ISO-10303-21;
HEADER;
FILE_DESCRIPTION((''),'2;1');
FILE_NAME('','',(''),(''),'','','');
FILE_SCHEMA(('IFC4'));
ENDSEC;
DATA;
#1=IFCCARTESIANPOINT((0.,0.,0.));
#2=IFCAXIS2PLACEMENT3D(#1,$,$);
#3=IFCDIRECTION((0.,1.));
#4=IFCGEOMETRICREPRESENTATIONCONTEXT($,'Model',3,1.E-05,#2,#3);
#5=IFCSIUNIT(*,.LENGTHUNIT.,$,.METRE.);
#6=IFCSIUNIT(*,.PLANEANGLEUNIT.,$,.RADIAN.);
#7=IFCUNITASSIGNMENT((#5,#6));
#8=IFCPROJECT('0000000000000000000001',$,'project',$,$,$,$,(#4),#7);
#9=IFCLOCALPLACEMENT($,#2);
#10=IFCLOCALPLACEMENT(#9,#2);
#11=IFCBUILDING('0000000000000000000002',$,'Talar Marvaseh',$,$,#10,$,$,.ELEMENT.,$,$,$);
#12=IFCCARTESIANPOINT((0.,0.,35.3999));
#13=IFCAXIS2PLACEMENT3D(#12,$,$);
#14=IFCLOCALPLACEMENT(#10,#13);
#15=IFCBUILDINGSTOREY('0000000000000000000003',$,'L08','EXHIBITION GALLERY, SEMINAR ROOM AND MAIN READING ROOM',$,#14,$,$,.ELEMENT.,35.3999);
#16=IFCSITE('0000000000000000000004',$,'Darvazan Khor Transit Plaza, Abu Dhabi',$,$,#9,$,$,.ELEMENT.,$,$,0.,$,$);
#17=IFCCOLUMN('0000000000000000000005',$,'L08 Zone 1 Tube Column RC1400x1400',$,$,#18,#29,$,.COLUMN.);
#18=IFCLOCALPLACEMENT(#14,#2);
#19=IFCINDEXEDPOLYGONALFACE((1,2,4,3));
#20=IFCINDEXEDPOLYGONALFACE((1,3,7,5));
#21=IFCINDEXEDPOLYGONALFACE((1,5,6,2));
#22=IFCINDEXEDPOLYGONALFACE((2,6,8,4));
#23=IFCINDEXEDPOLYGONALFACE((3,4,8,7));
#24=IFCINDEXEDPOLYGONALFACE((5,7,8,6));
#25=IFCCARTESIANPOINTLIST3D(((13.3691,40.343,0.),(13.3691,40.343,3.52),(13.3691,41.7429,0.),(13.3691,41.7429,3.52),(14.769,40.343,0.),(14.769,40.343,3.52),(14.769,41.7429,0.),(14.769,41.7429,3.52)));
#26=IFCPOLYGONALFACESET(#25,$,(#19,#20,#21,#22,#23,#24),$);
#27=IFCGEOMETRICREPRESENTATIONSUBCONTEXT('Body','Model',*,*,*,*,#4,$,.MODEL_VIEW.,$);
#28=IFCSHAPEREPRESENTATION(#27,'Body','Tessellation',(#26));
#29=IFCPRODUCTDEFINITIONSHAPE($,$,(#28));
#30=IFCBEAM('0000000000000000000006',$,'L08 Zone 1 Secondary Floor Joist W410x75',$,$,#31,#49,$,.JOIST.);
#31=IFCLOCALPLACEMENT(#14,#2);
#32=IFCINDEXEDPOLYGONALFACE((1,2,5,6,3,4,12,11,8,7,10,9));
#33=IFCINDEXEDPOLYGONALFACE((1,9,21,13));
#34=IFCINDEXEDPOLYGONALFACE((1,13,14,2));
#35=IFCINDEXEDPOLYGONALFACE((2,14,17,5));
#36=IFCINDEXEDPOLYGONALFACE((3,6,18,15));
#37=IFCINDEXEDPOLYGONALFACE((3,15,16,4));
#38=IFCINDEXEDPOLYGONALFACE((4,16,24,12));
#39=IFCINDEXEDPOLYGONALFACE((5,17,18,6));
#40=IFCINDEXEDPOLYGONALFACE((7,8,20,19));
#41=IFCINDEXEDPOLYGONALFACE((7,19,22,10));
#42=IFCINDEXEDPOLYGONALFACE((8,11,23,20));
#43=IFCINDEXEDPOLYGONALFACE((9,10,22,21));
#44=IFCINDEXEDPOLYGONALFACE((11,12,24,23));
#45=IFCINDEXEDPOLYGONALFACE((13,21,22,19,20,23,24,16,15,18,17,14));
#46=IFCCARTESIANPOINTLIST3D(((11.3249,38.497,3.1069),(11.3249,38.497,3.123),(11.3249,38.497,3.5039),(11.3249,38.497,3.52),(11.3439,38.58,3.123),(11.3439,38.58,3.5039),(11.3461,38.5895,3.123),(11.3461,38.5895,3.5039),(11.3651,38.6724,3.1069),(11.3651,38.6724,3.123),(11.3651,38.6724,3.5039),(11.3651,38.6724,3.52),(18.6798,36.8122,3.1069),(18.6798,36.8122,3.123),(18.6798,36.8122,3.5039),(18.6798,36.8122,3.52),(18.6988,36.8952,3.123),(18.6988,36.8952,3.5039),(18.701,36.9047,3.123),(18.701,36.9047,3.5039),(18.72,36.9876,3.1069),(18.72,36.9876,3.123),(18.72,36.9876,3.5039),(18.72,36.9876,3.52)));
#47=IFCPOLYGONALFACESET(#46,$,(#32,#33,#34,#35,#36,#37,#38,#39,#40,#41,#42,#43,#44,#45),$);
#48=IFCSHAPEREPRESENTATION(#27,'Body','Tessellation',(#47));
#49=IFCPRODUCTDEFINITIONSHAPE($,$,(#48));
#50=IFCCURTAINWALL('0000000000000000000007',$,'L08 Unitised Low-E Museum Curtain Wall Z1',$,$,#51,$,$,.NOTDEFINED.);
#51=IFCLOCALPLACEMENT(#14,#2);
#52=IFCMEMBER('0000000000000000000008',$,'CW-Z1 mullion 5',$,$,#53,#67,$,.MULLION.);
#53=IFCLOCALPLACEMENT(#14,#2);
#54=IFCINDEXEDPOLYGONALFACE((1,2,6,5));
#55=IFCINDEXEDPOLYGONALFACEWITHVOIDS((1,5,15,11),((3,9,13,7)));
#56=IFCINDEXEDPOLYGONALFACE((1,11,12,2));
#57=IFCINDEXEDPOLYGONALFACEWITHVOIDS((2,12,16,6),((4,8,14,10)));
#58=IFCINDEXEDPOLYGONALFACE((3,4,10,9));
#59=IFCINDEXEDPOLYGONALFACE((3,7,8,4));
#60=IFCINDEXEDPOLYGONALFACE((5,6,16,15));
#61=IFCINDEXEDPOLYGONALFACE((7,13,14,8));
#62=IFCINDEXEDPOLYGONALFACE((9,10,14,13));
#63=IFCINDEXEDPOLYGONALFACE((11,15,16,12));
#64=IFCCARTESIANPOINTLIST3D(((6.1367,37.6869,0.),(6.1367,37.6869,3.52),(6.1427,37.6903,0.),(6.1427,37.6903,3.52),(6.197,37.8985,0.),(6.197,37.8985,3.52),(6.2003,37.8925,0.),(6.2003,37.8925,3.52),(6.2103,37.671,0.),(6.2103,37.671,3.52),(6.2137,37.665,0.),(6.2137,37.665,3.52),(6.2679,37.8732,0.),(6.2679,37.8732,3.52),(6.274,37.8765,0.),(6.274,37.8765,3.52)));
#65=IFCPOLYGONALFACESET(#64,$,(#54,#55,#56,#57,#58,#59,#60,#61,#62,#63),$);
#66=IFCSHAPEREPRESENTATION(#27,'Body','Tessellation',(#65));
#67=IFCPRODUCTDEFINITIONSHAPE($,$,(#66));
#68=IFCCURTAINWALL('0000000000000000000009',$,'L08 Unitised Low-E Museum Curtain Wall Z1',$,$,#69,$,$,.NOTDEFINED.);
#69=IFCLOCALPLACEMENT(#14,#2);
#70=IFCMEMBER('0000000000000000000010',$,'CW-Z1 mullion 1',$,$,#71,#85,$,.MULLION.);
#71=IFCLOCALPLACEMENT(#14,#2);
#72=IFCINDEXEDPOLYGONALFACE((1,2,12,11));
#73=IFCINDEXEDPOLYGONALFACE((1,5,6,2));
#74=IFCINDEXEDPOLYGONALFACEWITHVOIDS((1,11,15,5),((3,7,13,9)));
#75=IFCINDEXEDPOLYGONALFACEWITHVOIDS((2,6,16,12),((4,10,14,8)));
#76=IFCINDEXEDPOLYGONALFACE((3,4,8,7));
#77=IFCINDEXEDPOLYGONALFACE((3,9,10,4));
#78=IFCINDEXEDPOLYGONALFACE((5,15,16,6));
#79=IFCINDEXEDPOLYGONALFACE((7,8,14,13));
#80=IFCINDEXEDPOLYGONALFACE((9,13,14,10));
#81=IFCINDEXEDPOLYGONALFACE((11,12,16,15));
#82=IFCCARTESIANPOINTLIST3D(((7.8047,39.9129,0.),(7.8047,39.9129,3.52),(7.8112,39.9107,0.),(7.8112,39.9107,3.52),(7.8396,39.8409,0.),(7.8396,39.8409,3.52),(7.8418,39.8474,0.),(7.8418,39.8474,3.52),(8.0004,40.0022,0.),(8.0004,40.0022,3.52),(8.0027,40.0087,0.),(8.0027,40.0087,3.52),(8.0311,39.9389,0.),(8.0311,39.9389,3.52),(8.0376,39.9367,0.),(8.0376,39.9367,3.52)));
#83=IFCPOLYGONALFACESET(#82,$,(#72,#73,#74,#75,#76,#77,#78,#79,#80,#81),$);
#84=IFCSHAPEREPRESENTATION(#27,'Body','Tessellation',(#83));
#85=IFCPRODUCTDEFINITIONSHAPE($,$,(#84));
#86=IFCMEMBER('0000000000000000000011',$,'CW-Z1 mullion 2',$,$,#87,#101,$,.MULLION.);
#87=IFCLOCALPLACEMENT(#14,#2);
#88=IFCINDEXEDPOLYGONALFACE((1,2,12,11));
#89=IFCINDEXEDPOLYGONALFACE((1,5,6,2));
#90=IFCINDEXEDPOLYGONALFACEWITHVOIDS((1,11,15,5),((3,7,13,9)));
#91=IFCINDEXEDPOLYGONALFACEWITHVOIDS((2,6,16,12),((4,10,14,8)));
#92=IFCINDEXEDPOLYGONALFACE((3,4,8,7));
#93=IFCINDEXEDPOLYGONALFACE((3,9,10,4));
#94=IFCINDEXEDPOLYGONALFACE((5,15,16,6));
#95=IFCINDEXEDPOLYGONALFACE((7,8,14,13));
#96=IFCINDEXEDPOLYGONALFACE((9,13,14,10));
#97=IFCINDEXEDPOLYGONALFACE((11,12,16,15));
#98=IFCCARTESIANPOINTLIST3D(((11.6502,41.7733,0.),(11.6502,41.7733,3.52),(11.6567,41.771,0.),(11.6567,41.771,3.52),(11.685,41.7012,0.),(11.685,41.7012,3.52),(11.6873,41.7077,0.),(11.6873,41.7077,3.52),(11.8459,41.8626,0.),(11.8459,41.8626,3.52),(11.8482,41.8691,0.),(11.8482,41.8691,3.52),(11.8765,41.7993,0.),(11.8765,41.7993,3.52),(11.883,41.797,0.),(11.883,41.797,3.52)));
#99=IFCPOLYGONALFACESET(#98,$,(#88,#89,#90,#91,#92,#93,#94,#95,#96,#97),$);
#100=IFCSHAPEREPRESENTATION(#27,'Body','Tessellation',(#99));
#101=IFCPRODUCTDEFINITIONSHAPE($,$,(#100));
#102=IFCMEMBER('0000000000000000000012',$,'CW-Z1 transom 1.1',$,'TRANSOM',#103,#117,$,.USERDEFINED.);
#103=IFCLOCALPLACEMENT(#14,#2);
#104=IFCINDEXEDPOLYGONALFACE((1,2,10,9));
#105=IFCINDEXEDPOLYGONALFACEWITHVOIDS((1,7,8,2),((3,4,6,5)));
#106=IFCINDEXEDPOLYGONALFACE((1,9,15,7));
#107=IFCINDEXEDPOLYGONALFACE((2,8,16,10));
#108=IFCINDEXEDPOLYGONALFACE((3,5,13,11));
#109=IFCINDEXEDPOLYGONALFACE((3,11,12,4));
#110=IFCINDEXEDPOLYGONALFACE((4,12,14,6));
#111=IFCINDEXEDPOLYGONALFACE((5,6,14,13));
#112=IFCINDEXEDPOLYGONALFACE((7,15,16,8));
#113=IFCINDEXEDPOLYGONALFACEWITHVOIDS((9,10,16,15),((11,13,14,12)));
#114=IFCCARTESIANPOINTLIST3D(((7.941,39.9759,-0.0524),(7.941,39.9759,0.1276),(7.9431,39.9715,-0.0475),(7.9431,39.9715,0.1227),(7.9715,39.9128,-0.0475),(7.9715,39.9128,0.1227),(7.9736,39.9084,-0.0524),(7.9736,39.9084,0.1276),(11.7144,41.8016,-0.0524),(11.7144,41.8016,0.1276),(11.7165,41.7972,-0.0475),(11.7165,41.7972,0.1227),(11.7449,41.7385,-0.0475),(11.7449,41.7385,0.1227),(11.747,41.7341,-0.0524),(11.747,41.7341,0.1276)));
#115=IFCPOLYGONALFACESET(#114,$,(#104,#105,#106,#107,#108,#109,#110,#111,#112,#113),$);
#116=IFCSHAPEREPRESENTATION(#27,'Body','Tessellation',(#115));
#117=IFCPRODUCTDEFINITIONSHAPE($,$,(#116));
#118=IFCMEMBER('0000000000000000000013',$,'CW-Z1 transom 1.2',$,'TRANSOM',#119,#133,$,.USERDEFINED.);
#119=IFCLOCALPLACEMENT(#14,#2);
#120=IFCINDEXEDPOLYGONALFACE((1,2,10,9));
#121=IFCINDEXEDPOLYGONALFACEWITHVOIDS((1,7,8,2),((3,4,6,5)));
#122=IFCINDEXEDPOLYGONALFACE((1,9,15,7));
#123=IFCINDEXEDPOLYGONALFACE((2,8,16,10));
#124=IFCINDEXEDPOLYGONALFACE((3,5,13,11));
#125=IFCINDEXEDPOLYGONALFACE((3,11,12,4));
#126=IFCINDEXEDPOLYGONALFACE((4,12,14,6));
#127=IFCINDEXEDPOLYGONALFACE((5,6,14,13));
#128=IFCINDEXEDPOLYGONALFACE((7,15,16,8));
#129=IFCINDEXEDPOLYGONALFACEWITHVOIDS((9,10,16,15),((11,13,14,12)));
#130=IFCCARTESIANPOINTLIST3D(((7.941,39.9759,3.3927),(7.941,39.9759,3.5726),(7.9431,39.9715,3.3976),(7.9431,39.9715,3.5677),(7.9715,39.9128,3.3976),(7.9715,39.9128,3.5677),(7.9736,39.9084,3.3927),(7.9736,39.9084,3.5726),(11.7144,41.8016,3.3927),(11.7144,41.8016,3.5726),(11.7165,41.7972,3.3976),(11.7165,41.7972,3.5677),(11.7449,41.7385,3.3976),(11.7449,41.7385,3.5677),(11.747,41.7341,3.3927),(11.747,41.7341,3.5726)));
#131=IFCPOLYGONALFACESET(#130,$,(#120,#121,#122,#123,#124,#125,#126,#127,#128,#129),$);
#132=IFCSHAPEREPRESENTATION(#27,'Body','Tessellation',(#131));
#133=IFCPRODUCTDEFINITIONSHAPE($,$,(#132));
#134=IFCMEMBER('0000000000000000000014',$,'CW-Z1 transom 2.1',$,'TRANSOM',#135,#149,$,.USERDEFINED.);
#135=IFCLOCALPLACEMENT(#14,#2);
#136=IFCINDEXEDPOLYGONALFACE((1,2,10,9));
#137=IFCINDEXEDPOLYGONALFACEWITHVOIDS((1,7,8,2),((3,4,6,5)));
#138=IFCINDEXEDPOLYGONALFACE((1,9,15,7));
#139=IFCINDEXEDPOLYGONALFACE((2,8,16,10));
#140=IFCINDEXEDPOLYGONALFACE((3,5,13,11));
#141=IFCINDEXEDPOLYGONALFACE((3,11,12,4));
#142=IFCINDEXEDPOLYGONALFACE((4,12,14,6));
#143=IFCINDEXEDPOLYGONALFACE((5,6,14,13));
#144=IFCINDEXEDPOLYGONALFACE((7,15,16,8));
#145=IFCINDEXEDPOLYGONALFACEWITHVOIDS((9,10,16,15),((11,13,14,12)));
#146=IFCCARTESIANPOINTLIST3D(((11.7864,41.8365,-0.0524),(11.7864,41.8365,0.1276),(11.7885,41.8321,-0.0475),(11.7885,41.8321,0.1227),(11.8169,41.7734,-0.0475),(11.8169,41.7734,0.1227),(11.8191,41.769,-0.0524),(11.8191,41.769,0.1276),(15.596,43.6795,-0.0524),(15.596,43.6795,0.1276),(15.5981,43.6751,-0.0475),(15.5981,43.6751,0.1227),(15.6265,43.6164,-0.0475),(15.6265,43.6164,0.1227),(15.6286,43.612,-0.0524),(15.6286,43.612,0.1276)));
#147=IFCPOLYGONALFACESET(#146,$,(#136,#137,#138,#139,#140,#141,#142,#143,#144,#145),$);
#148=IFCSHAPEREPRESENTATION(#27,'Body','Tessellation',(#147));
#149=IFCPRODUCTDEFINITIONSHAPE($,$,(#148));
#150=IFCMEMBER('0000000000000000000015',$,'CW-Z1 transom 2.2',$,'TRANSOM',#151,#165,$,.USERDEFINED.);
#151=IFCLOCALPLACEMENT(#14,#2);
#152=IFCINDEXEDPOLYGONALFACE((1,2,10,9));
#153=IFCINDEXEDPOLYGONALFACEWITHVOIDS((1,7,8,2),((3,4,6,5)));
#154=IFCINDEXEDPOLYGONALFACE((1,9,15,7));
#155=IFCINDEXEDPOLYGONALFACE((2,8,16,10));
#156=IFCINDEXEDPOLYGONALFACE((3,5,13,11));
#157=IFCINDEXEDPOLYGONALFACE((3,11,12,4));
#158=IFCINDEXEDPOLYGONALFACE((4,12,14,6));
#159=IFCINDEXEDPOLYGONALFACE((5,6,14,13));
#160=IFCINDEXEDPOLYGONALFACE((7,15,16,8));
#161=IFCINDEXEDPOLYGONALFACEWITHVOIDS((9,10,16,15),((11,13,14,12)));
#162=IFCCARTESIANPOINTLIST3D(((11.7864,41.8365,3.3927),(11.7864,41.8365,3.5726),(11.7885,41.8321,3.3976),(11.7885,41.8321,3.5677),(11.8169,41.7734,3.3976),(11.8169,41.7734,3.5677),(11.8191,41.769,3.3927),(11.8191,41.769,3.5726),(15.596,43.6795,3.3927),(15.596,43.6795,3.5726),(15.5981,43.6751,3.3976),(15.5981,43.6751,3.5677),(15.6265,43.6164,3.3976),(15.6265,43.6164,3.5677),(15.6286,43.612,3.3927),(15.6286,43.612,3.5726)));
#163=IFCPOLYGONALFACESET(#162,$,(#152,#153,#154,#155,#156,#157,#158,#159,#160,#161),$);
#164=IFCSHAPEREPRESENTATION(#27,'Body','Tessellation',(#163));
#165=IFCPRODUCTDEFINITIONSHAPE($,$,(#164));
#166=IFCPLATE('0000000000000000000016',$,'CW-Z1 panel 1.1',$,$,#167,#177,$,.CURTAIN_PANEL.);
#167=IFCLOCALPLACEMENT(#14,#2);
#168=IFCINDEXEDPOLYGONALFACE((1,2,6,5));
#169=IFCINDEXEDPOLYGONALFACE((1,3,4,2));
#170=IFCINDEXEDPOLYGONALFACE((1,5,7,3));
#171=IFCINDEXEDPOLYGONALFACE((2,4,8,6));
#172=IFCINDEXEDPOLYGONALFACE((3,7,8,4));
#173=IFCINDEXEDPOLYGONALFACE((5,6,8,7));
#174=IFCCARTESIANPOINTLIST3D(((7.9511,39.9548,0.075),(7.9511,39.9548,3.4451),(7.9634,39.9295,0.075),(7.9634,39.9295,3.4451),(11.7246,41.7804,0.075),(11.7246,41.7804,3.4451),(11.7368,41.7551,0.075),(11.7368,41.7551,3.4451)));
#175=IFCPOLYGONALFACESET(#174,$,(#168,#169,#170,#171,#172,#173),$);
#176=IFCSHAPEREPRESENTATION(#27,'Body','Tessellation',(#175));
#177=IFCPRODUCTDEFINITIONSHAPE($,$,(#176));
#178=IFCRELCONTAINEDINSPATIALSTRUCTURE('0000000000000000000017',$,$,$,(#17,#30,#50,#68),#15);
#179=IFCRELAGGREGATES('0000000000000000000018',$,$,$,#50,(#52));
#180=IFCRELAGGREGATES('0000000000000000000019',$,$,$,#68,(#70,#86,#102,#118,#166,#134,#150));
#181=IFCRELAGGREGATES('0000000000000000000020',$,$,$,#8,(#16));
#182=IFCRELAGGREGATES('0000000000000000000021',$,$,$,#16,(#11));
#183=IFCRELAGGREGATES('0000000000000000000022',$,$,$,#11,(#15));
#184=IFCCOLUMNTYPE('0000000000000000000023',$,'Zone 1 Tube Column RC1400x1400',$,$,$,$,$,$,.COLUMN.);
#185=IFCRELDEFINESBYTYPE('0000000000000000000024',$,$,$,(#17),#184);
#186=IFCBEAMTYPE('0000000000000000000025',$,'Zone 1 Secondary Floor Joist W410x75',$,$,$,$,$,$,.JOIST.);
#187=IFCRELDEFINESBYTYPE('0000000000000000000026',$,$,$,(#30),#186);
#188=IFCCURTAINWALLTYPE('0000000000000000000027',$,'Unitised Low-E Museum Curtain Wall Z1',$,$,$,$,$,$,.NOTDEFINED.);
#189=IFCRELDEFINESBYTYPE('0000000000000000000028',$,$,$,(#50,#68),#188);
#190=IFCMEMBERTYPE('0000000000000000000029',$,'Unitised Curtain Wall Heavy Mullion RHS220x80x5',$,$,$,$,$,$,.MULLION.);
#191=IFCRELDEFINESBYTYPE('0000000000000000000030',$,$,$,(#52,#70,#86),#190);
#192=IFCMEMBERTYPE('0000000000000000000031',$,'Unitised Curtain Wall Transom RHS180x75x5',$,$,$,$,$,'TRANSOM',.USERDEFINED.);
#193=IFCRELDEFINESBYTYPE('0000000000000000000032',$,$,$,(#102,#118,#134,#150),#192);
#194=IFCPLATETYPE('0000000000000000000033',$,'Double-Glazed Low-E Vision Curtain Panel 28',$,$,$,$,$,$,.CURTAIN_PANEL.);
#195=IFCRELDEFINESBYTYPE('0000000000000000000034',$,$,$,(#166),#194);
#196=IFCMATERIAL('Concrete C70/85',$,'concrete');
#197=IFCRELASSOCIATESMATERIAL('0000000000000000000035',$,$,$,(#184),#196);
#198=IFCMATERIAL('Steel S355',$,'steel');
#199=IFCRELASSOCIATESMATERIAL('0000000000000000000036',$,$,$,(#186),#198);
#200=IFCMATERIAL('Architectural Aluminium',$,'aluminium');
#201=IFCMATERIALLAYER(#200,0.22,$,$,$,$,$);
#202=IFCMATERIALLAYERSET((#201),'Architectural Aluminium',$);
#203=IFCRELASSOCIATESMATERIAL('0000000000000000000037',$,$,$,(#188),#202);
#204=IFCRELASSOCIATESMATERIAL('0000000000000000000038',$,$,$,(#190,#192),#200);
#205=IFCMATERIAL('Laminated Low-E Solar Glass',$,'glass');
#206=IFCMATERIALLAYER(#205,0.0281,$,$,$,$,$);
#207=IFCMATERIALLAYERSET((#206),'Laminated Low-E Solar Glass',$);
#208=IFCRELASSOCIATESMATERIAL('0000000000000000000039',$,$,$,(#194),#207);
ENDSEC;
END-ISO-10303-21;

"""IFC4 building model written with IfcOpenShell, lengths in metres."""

from ifc_helpers import new_model, si_unit, direction, frame, origin, origin_2d, place, context, subcontext, project, spatial, rectangle, hollow_rectangle, i_section, extrude, source, transform, mapped, material, layer, layer_set, material_profile, profile_set, type_object, type_shapes, element, aggregate, save


model = new_model("IFC4")

# Units and contexts
model_context = context("Model", 3, precision=1e-05, world=origin(), true_north=direction((0.0, 1.0)))
body_context = subcontext(model_context, "Body", "Model", "MODEL_VIEW")
ifc_project = project(units=[si_unit("LENGTHUNIT", "METRE"), si_unit("PLANEANGLEUNIT", "RADIAN")], contexts=[model_context])

# Site, building, storey
site_placement = place(None, origin())
site = spatial("IfcSite", under=ifc_project, at=site_placement, Name="Darvazan Khor Transit Plaza, Abu Dhabi", CompositionType="ELEMENT", RefElevation=0.0)
building_placement = place(site_placement, origin())
building = spatial("IfcBuilding", under=site, at=building_placement, Name="Talar Marvaseh", CompositionType="ELEMENT")
storey_placement = place(building_placement, frame((0.0, 0.0, 35.3999)))
storey = spatial("IfcBuildingStorey", under=building, at=storey_placement, Name="L08", Description="EXHIBITION GALLERY, SEMINAR ROOM AND MAIN READING ROOM", CompositionType="ELEMENT", Elevation=35.3999)

# Column
ifc_material_1 = material(Name="Concrete C70/85", Category="concrete")
ifc_material_profile_1 = material_profile(ifc_material_1, rectangle(XDim=1.3999, YDim=1.3999, at=origin_2d()), Name="RC1400x1400")
ifc_profile_set_1 = profile_set([ifc_material_profile_1], Name="Concrete C70/85")
column_type = type_object("IfcColumnType", Name="Zone 1 Tube Column RC1400x1400", PredefinedType="COLUMN", material=ifc_profile_set_1)
column_placement = place(storey_placement, frame((14.0691, 41.043, 0.0), z_axis=(0.0, 0.0, 1.0), x_axis=(1.0, 0.0, 0.0)))
element("IfcColumn", 1, at=column_placement, inside=storey, type_object=column_type, Name="L08 Zone 1 Tube Column RC1400x1400", PredefinedType="COLUMN", context=body_context, shape_type="SweptSolid", body=[
    extrude(rectangle(XDim=1.3999, YDim=1.3999, at=origin_2d()), origin(), (0.0, 0.0, 1.0), 3.52),
])

# Beam
ifc_material_2 = material(Name="Steel S355", Category="steel")
ifc_material_profile_2 = material_profile(ifc_material_2, i_section(OverallWidth=0.1799, OverallDepth=0.4131, WebThickness=0.0098, FlangeThickness=0.0161, at=origin_2d()), Name="W410x75")
ifc_profile_set_2 = profile_set([ifc_material_profile_2], Name="Steel S355")
beam_type = type_object("IfcBeamType", Name="Zone 1 Secondary Floor Joist W410x75", PredefinedType="JOIST", material=ifc_profile_set_2)
beam_placement = place(storey_placement, frame((11.345, 38.5847, 3.3135), z_axis=(0.974753, -0.223288, 0.0), x_axis=(0.223288, 0.974753, 0.0)))
element("IfcBeam", 2, at=beam_placement, inside=storey, type_object=beam_type, Name="L08 Zone 1 Secondary Floor Joist W410x75", PredefinedType="JOIST", context=body_context, shape_type="SweptSolid", body=[
    extrude(i_section(OverallWidth=0.1799, OverallDepth=0.4131, WebThickness=0.0098, FlangeThickness=0.0161, at=origin_2d()), origin(), (0.0, 0.0, 1.0), 7.5454),
])

# Curtain wall, member
ifc_material_3 = material(Name="Architectural Aluminium", Category="aluminium")
ifc_layer_1 = layer(ifc_material_3, 0.22)
ifc_layer_set_1 = layer_set([ifc_layer_1], Name="Architectural Aluminium")
curtain_wall_type = type_object("IfcCurtainWallType", Name="Unitised Low-E Museum Curtain Wall Z1", PredefinedType="NOTDEFINED", material=ifc_layer_set_1)
curtain_wall_1_placement = place(storey_placement, origin())
curtain_wall_1 = element("IfcCurtainWall", 3, at=curtain_wall_1_placement, inside=storey, type_object=curtain_wall_type, Name="L08 Unitised Low-E Museum Curtain Wall Z1", PredefinedType="NOTDEFINED")
ifc_material_profile_3 = material_profile(ifc_material_3, hollow_rectangle(XDim=0.0801, YDim=0.22, WallThickness=0.0049, at=origin_2d()), Name="RHS220x80x5")
ifc_profile_set_3 = profile_set([ifc_material_profile_3], Name="Architectural Aluminium")
member_type_1 = type_object("IfcMemberType", Name="Unitised Curtain Wall Heavy Mullion RHS220x80x5", PredefinedType="MULLION", material=ifc_profile_set_3)
shared_shape_1 = source(origin(), body_context, "Body", "SweptSolid", [
    extrude(hollow_rectangle(XDim=0.0801, YDim=0.22, WallThickness=0.0049, at=origin_2d()), origin(), (0.0, 0.0, 1.0), 3.52),
])
type_shapes(member_type_1, [shared_shape_1])
member_1_placement = place(storey_placement, frame((6.2053, 37.7817, 0.0), z_axis=(0.0, 0.0, 1.0), x_axis=(-0.961722, 0.274025, 0.0)))
member_1 = element("IfcMember", 4, at=member_1_placement, type_object=member_type_1, Name="CW-Z1 mullion 5", PredefinedType="MULLION", context=body_context, shape_type="MappedRepresentation", body=[
    mapped(shared_shape_1, transform((0.0, 0.0, 0.0), x_axis=(1.0, 0.0, 0.0), y_axis=(0.0, 1.0, 0.0), z_axis=(0.0, 0.0, 1.0), scale=1.0)),
])
aggregate(curtain_wall_1, [member_1])

# Curtain wall, members, plate
curtain_wall_2_placement = place(storey_placement, origin())
curtain_wall_2 = element("IfcCurtainWall", 5, at=curtain_wall_2_placement, inside=storey, type_object=curtain_wall_type, Name="L08 Unitised Low-E Museum Curtain Wall Z1", PredefinedType="NOTDEFINED")
member_2_placement = place(storey_placement, frame((7.9211, 39.9248, 0.0), z_axis=(0.0, 0.0, 1.0), x_axis=(-0.43551, 0.900184, 0.0)))
member_2 = element("IfcMember", 6, at=member_2_placement, type_object=member_type_1, Name="CW-Z1 mullion 1", PredefinedType="MULLION", context=body_context, shape_type="MappedRepresentation", body=[
    mapped(shared_shape_1, transform((0.0, 0.0, 0.0), x_axis=(1.0, 0.0, 0.0), y_axis=(0.0, 1.0, 0.0), z_axis=(0.0, 0.0, 1.0), scale=1.0)),
])
member_3_placement = place(storey_placement, frame((11.7666, 41.7852, 0.0), z_axis=(0.0, 0.0, 1.0), x_axis=(-0.43551, 0.900184, 0.0)))
member_3 = element("IfcMember", 7, at=member_3_placement, type_object=member_type_1, Name="CW-Z1 mullion 2", PredefinedType="MULLION", context=body_context, shape_type="MappedRepresentation", body=[
    mapped(shared_shape_1, transform((0.0, 0.0, 0.0), x_axis=(1.0, 0.0, 0.0), y_axis=(0.0, 1.0, 0.0), z_axis=(0.0, 0.0, 1.0), scale=1.0)),
])
ifc_material_profile_4 = material_profile(ifc_material_3, hollow_rectangle(XDim=0.075, YDim=0.1799, WallThickness=0.0049, at=origin_2d()), Name="RHS180x75x5")
ifc_profile_set_4 = profile_set([ifc_material_profile_4], Name="Architectural Aluminium")
member_type_2 = type_object("IfcMemberType", Name="Unitised Curtain Wall Transom RHS180x75x5", ElementType="TRANSOM", PredefinedType="USERDEFINED", material=ifc_profile_set_4)
shared_shape_2 = source(origin(), body_context, "Body", "SweptSolid", [
    extrude(hollow_rectangle(XDim=0.075, YDim=0.1799, WallThickness=0.0049, at=origin_2d()), origin(), (0.0, 0.0, 1.0), 4.1919),
])
member_4_placement = place(storey_placement, frame((7.9573, 39.9421, 0.0376), z_axis=(0.900175, 0.435527, 0.0), x_axis=(-0.435527, 0.900175, 0.0)))
member_4 = element("IfcMember", 8, at=member_4_placement, type_object=member_type_2, Name="CW-Z1 transom 1.1", ObjectType="TRANSOM", PredefinedType="USERDEFINED", context=body_context, shape_type="MappedRepresentation", body=[
    mapped(shared_shape_2, transform((0.0, 0.0, 0.0), x_axis=(1.0, 0.0, 0.0), y_axis=(0.0, 1.0, 0.0), z_axis=(0.0, 0.0, 1.0), scale=1.0)),
])
member_5_placement = place(storey_placement, frame((7.9573, 39.9421, 3.4827), z_axis=(0.900175, 0.435527, 0.0), x_axis=(-0.435527, 0.900175, 0.0)))
member_5 = element("IfcMember", 9, at=member_5_placement, type_object=member_type_2, Name="CW-Z1 transom 1.2", ObjectType="TRANSOM", PredefinedType="USERDEFINED", context=body_context, shape_type="MappedRepresentation", body=[
    mapped(shared_shape_2, transform((0.0, 0.0, 0.0), x_axis=(1.0, 0.0, 0.0), y_axis=(0.0, 1.0, 0.0), z_axis=(0.0, 0.0, 1.0), scale=1.0)),
])
shared_shape_3 = source(origin(), body_context, "Body", "SweptSolid", [
    extrude(hollow_rectangle(XDim=0.075, YDim=0.1799, WallThickness=0.0049, at=origin_2d()), origin(), (0.0, 0.0, 1.0), 4.2319),
])
type_shapes(member_type_2, [shared_shape_2, shared_shape_3])
member_6_placement = place(storey_placement, frame((11.8027, 41.8027, 0.0376), z_axis=(0.900189, 0.435499, 0.0), x_axis=(-0.435499, 0.900189, 0.0)))
member_6 = element("IfcMember", 10, at=member_6_placement, type_object=member_type_2, Name="CW-Z1 transom 2.1", ObjectType="TRANSOM", PredefinedType="USERDEFINED", context=body_context, shape_type="MappedRepresentation", body=[
    mapped(shared_shape_3, transform((0.0, 0.0, 0.0), x_axis=(1.0, 0.0, 0.0), y_axis=(0.0, 1.0, 0.0), z_axis=(0.0, 0.0, 1.0), scale=1.0)),
])
member_7_placement = place(storey_placement, frame((11.8027, 41.8027, 3.4827), z_axis=(0.900189, 0.435499, 0.0), x_axis=(-0.435499, 0.900189, 0.0)))
member_7 = element("IfcMember", 11, at=member_7_placement, type_object=member_type_2, Name="CW-Z1 transom 2.2", ObjectType="TRANSOM", PredefinedType="USERDEFINED", context=body_context, shape_type="MappedRepresentation", body=[
    mapped(shared_shape_3, transform((0.0, 0.0, 0.0), x_axis=(1.0, 0.0, 0.0), y_axis=(0.0, 1.0, 0.0), z_axis=(0.0, 0.0, 1.0), scale=1.0)),
])
ifc_material_4 = material(Name="Laminated Low-E Solar Glass", Category="glass")
ifc_layer_2 = layer(ifc_material_4, 0.0281)
ifc_layer_set_2 = layer_set([ifc_layer_2], Name="Laminated Low-E Solar Glass")
plate_type = type_object("IfcPlateType", Name="Double-Glazed Low-E Vision Curtain Panel 28", PredefinedType="CURTAIN_PANEL", material=ifc_layer_set_2)
shared_shape_4 = source(origin(), body_context, "Body", "SweptSolid", [
    extrude(rectangle(XDim=4.1919, YDim=0.0281, at=origin_2d()), origin(), (0.0, 0.0, 1.0), 3.3701),
])
plate_1_placement = place(storey_placement, frame((9.844, 40.855, 0.075), z_axis=(0.0, 0.0, 1.0), x_axis=(0.900184, 0.43551, 0.0)))
plate_1 = element("IfcPlate", 12, at=plate_1_placement, type_object=plate_type, Name="CW-Z1 panel 1.1", PredefinedType="CURTAIN_PANEL", context=body_context, shape_type="MappedRepresentation", body=[
    mapped(shared_shape_4, transform((0.0, 0.0, 0.0), x_axis=(1.0, 0.0, 0.0), y_axis=(0.0, 1.0, 0.0), z_axis=(0.0, 0.0, 1.0), scale=1.0)),
])
aggregate(curtain_wall_2, [member_2, member_3, member_4, member_5, plate_1, member_6, member_7])

save(model, "model.ifc")
